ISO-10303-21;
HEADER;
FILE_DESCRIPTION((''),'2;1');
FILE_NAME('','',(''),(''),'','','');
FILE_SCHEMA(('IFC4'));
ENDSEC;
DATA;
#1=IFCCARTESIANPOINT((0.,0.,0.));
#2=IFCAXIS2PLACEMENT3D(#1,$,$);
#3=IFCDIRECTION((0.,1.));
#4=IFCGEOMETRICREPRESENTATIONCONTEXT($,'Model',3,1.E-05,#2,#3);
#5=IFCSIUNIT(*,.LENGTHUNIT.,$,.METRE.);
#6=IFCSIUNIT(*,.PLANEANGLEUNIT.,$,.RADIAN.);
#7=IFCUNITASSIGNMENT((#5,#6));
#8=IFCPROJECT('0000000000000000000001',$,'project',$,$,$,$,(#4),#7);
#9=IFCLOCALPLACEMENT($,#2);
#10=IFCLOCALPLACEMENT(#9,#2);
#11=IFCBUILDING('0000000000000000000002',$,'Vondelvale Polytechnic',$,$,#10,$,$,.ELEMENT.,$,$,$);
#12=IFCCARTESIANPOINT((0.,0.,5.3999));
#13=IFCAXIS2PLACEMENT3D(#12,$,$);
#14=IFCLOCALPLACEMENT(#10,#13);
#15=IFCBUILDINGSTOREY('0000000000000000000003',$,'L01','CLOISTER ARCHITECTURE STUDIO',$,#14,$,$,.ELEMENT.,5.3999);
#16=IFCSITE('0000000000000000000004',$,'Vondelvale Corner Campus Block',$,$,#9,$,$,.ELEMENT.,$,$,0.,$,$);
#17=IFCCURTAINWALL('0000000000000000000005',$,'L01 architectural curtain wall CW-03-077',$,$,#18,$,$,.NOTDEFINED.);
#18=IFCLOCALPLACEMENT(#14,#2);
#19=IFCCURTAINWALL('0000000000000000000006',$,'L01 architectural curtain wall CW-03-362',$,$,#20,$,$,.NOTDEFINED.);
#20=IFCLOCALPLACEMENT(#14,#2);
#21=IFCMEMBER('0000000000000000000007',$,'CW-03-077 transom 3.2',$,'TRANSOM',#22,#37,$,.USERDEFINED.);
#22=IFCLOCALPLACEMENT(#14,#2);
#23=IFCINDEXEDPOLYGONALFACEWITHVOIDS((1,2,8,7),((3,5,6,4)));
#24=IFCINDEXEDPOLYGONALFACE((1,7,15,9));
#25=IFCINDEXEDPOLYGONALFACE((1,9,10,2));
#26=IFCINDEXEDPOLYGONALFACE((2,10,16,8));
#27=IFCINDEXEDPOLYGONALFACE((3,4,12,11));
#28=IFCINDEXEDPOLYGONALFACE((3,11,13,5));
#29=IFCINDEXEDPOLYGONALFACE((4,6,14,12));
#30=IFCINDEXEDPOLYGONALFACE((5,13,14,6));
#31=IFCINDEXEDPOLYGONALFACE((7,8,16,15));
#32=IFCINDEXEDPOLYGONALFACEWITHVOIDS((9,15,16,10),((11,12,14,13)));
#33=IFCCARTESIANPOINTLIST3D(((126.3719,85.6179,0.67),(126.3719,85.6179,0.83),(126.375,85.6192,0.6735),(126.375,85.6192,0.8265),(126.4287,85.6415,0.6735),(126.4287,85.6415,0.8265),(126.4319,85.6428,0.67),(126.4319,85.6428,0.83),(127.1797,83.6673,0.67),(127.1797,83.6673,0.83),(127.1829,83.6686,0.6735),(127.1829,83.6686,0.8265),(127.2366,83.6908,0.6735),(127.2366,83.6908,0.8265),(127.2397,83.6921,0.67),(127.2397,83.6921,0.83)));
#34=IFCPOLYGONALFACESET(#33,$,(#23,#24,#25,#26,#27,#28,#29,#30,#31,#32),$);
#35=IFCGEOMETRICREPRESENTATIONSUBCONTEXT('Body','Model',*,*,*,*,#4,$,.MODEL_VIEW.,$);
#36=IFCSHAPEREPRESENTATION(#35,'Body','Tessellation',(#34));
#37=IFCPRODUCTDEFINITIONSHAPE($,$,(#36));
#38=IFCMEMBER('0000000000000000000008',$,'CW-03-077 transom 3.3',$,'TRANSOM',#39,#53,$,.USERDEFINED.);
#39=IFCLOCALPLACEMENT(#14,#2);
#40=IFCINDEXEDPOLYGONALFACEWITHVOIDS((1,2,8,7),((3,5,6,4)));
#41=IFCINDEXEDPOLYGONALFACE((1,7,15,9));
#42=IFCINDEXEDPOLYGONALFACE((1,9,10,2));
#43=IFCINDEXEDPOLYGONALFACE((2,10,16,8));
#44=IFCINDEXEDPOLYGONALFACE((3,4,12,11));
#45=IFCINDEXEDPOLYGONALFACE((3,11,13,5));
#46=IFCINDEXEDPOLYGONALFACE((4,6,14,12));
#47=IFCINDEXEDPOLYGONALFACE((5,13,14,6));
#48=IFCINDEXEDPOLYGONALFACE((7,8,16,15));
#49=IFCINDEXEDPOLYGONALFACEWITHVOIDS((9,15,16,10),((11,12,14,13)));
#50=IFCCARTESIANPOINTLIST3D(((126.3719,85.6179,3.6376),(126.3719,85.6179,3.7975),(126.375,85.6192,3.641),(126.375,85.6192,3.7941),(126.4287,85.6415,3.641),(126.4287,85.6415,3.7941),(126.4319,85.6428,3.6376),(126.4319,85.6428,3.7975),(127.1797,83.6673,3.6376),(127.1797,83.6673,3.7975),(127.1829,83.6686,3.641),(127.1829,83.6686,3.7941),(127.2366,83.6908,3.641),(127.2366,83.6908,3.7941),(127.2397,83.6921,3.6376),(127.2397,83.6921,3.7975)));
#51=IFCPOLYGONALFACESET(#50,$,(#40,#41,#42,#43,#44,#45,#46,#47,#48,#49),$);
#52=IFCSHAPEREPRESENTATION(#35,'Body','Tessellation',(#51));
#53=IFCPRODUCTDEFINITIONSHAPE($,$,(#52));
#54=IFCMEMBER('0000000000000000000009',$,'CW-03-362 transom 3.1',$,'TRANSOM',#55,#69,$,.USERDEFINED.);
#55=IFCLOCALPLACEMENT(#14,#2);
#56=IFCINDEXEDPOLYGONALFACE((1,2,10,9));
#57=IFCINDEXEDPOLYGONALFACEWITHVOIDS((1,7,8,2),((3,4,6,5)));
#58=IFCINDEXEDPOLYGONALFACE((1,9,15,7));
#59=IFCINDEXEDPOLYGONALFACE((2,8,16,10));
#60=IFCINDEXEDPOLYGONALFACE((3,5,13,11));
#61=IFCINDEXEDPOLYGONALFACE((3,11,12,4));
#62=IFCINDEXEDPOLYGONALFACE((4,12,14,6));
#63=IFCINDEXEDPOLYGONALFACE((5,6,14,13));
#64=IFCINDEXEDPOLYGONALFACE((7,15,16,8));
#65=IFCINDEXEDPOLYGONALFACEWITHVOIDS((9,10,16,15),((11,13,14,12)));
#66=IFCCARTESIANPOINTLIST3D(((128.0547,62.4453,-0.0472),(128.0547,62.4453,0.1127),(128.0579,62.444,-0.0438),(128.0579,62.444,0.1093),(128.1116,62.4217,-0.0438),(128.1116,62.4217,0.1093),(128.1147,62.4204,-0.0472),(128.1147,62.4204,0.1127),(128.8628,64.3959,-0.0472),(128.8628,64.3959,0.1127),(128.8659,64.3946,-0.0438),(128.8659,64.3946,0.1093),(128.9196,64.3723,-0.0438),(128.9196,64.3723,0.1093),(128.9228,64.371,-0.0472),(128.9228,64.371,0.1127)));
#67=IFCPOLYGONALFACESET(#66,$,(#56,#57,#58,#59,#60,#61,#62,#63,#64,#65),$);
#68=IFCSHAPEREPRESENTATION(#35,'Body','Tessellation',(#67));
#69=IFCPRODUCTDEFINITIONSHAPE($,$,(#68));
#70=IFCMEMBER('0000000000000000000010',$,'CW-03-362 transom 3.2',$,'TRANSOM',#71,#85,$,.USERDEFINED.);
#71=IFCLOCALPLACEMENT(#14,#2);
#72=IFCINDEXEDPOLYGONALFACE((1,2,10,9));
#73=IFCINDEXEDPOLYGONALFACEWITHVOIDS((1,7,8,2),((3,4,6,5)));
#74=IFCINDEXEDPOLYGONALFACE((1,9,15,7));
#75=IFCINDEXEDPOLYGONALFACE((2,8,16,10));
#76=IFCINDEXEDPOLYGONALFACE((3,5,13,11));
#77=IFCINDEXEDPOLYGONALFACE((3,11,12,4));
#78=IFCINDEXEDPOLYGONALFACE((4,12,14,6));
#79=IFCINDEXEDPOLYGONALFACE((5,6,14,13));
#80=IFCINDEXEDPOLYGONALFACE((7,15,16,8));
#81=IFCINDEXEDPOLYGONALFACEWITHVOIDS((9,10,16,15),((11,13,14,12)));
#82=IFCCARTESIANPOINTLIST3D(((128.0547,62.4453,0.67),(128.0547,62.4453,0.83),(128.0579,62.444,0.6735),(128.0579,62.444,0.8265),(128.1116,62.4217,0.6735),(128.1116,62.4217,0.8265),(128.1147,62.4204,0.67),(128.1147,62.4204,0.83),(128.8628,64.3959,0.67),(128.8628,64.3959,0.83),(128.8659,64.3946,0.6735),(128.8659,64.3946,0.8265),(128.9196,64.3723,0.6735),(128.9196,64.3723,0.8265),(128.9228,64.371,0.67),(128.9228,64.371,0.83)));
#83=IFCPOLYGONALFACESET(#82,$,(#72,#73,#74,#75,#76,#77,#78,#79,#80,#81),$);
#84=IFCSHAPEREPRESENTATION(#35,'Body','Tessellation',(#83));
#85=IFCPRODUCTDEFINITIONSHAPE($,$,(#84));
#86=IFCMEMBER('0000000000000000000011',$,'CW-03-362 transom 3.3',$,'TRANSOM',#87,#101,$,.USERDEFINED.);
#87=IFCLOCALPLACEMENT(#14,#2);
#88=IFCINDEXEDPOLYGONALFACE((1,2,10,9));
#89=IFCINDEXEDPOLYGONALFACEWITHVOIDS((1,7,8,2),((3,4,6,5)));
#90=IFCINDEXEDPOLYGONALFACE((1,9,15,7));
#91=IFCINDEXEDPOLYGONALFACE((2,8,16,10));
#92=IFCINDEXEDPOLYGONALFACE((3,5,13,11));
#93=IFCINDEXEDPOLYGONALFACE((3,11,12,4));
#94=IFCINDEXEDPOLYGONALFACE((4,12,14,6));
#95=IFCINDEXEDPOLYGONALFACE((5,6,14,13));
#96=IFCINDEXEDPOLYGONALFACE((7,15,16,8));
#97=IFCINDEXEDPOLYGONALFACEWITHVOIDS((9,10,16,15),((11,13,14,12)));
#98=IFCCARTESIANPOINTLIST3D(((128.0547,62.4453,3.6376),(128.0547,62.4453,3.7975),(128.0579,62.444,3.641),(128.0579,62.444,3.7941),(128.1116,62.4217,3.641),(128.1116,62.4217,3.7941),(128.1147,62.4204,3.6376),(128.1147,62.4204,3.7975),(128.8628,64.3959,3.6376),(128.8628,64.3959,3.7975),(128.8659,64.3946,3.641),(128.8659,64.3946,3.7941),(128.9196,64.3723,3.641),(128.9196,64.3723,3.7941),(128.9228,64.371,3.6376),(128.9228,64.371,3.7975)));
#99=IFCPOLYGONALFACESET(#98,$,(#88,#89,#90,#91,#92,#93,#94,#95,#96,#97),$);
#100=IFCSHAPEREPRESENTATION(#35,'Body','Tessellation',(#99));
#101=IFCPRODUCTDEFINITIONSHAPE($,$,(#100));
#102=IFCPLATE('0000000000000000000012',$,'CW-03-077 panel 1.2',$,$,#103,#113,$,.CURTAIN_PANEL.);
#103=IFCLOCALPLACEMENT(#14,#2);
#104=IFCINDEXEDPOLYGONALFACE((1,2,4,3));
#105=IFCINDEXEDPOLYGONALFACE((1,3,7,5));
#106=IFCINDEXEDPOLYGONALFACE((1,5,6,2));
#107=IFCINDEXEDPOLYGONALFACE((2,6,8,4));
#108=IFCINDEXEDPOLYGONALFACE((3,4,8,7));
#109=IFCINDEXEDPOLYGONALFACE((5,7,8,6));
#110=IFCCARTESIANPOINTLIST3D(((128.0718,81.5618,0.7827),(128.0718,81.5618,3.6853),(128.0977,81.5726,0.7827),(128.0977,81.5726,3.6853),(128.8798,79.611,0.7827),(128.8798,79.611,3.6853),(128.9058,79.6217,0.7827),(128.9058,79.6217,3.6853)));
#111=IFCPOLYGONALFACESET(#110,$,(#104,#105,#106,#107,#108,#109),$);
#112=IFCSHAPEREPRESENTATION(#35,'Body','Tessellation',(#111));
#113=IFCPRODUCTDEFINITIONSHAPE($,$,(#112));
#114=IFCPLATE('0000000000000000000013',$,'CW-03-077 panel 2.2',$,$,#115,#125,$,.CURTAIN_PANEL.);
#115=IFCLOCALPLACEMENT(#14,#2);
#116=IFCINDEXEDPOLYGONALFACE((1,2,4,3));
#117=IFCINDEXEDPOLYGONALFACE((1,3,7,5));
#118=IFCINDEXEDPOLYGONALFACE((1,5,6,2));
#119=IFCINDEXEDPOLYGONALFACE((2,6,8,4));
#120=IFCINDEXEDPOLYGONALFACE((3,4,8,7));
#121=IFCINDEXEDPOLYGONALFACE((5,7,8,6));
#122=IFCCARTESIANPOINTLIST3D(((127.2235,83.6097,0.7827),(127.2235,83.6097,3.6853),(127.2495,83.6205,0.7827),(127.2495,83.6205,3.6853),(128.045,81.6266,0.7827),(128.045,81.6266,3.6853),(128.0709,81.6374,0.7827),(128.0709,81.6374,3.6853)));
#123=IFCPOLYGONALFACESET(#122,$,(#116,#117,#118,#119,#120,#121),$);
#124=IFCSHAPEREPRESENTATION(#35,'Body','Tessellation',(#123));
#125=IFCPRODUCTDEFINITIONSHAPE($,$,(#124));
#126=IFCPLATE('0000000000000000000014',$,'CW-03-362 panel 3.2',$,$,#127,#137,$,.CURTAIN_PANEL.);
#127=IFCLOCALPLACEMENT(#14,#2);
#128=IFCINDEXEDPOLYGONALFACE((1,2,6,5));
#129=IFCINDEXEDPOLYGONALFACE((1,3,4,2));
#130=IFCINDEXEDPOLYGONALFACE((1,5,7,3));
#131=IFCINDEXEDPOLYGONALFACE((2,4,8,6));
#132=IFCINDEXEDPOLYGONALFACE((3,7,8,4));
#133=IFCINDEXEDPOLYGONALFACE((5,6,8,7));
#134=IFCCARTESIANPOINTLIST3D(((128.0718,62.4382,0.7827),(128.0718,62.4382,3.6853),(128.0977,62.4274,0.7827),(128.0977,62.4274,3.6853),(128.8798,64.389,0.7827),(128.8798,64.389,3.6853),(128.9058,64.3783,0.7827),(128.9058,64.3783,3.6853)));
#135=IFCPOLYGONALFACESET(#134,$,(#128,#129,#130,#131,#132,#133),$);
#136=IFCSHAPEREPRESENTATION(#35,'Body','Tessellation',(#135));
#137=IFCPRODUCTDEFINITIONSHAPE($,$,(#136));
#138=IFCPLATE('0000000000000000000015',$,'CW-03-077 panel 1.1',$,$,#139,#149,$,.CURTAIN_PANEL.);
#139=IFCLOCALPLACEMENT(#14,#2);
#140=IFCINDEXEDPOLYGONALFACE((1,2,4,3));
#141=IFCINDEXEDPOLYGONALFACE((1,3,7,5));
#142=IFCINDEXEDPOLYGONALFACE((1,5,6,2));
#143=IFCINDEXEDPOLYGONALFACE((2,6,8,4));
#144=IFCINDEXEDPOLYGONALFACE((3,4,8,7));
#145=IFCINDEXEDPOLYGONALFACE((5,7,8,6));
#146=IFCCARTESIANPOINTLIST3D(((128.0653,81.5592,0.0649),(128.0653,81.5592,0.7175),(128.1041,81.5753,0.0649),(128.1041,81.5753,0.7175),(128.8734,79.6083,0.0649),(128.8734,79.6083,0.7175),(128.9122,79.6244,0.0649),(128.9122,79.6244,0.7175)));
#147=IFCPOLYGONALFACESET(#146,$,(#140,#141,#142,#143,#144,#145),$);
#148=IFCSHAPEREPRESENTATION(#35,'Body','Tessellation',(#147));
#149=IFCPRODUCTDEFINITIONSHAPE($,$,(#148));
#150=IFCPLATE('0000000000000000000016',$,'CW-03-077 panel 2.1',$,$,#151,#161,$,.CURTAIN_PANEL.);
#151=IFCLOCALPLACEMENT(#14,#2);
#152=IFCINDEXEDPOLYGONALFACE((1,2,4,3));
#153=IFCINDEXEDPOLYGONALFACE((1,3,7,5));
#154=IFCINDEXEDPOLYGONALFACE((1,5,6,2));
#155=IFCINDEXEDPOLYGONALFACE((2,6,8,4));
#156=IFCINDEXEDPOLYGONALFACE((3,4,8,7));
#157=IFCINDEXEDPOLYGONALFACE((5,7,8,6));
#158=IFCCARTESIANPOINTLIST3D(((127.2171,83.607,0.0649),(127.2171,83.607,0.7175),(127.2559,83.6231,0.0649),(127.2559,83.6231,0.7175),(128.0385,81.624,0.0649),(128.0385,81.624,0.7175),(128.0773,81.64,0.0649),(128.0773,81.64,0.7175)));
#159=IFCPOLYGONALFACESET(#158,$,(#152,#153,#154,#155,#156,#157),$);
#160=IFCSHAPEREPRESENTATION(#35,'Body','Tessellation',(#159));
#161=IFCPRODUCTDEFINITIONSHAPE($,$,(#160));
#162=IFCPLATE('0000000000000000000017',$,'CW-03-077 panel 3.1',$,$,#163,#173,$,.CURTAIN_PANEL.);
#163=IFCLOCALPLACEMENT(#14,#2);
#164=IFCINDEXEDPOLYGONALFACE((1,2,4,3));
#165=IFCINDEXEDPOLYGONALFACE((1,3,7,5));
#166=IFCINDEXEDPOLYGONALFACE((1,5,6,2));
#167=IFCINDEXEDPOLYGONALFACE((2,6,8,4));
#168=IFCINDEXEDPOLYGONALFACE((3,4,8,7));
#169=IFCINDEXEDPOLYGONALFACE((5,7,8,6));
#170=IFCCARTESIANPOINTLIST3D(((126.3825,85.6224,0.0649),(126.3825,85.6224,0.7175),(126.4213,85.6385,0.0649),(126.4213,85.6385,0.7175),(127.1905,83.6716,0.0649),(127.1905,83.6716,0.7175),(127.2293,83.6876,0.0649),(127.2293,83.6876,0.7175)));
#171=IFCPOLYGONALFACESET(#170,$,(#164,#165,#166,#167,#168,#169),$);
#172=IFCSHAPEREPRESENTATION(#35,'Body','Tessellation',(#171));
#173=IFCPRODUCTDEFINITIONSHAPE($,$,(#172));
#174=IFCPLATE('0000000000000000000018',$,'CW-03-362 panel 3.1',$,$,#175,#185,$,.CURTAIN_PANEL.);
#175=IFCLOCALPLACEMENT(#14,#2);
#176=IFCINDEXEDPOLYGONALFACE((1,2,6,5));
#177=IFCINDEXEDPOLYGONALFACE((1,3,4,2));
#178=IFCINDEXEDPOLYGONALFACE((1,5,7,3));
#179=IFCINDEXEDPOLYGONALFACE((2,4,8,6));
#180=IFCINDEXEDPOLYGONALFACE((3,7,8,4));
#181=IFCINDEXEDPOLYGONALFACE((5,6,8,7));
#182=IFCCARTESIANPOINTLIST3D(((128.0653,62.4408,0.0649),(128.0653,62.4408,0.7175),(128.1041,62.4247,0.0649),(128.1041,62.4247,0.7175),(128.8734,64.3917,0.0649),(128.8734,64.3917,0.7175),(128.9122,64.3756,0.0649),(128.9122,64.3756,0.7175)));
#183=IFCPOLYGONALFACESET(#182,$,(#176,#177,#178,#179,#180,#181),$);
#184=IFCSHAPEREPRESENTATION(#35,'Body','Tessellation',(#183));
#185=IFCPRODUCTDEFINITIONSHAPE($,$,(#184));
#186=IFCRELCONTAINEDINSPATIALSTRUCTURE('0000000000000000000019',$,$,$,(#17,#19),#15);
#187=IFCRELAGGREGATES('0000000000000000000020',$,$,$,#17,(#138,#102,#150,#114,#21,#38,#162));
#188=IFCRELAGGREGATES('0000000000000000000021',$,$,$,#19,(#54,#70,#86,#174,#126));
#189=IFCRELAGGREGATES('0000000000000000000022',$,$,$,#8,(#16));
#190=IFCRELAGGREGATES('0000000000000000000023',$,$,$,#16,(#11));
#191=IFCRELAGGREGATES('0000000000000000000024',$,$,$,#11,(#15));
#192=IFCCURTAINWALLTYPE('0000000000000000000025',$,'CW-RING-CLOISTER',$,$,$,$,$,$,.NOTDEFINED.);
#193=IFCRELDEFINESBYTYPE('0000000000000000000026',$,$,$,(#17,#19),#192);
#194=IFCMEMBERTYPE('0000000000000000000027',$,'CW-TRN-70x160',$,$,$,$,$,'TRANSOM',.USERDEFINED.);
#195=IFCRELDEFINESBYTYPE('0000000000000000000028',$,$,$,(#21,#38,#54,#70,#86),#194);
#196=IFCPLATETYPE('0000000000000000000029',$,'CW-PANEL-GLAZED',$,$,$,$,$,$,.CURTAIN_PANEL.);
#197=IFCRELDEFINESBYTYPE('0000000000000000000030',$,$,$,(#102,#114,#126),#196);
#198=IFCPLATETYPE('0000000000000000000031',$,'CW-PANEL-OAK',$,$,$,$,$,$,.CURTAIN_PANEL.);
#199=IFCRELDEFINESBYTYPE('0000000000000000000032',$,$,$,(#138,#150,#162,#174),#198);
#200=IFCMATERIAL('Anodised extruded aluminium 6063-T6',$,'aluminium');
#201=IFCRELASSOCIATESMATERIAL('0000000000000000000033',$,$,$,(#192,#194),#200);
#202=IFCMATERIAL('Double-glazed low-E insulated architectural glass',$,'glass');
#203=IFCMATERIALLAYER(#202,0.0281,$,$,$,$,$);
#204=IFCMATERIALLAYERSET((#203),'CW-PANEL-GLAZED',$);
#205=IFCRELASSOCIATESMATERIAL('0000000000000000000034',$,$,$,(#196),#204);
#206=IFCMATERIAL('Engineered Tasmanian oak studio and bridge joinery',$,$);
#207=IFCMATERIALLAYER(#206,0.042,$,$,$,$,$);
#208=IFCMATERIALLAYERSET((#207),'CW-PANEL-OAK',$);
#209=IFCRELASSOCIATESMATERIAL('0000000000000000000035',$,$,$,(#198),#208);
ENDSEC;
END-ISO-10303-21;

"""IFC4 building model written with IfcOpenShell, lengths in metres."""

from ifc_helpers import new_model, si_unit, direction, frame, origin, origin_2d, place, context, subcontext, project, spatial, rectangle, hollow_rectangle, extrude, material, layer, layer_set, material_profile, profile_set, type_object, element, aggregate, save


model = new_model("IFC4")

# Units and contexts
model_context = context("Model", 3, precision=1e-05, world=origin(), true_north=direction((0.0, 1.0)))
body_context = subcontext(model_context, "Body", "Model", "MODEL_VIEW")
ifc_project = project(units=[si_unit("LENGTHUNIT", "METRE"), si_unit("PLANEANGLEUNIT", "RADIAN")], contexts=[model_context])

# Site, building, storey
site_placement = place(None, origin())
site = spatial("IfcSite", under=ifc_project, at=site_placement, Name="Vondelvale Corner Campus Block", CompositionType="ELEMENT", RefElevation=0.0)
building_placement = place(site_placement, origin())
building = spatial("IfcBuilding", under=site, at=building_placement, Name="Vondelvale Polytechnic", CompositionType="ELEMENT")
storey_placement = place(building_placement, frame((0.0, 0.0, 5.3999)))
storey = spatial("IfcBuildingStorey", under=building, at=storey_placement, Name="L01", Description="CLOISTER ARCHITECTURE STUDIO", CompositionType="ELEMENT", Elevation=5.3999)

# Curtain wall
ifc_material_1 = material(Name="Anodised extruded aluminium 6063-T6", Category="aluminium")
curtain_wall_type = type_object("IfcCurtainWallType", Name="CW-RING-CLOISTER", PredefinedType="NOTDEFINED", material=ifc_material_1)
curtain_wall_1_placement = place(storey_placement, origin())
curtain_wall_1 = element("IfcCurtainWall", 1, at=curtain_wall_1_placement, inside=storey, type_object=curtain_wall_type, Name="L01 architectural curtain wall CW-03-077", PredefinedType="NOTDEFINED")

# Curtain wall
curtain_wall_2_placement = place(storey_placement, origin())
curtain_wall_2 = element("IfcCurtainWall", 2, at=curtain_wall_2_placement, inside=storey, type_object=curtain_wall_type, Name="L01 architectural curtain wall CW-03-362", PredefinedType="NOTDEFINED")

# Members
ifc_material_profile_1 = material_profile(ifc_material_1, hollow_rectangle(XDim=0.0649, YDim=0.1599, WallThickness=0.0034, at=origin_2d()), Name="CW-TRN-160x65")
ifc_profile_set_1 = profile_set([ifc_material_profile_1], Name="Anodised extruded aluminium 6063-T6")
member_type_1 = type_object("IfcMemberType", Name="CW-TRN-70x160", ElementType="TRANSOM", PredefinedType="USERDEFINED", material=ifc_profile_set_1)
member_1_placement = place(storey_placement, frame((127.2097, 83.6797, 0.75), z_axis=(-0.382628, 0.923903, 0.0), x_axis=(-0.923903, -0.382628, 0.0)))
member_1 = element("IfcMember", 3, at=member_1_placement, type_object=member_type_1, Name="CW-03-077 transom 3.2", ObjectType="TRANSOM", PredefinedType="USERDEFINED", context=body_context, shape_type="SweptSolid", body=[
    extrude(hollow_rectangle(XDim=0.0649, YDim=0.1599, WallThickness=0.0034, at=origin_2d()), origin(), (0.0, 0.0, 1.0), 2.1113),
])
member_2_placement = place(storey_placement, frame((127.2097, 83.6797, 3.7175), z_axis=(-0.382628, 0.923903, 0.0), x_axis=(-0.923903, -0.382628, 0.0)))
member_2 = element("IfcMember", 4, at=member_2_placement, type_object=member_type_1, Name="CW-03-077 transom 3.3", ObjectType="TRANSOM", PredefinedType="USERDEFINED", context=body_context, shape_type="SweptSolid", body=[
    extrude(hollow_rectangle(XDim=0.0649, YDim=0.1599, WallThickness=0.0034, at=origin_2d()), origin(), (0.0, 0.0, 1.0), 2.1113),
])
member_3_placement = place(storey_placement, frame((128.0847, 62.4329, 0.0327), z_axis=(0.382726, 0.923862, 0.0), x_axis=(-0.923862, 0.382726, 0.0)))
member_3 = element("IfcMember", 5, at=member_3_placement, type_object=member_type_1, Name="CW-03-362 transom 3.1", ObjectType="TRANSOM", PredefinedType="USERDEFINED", context=body_context, shape_type="SweptSolid", body=[
    extrude(hollow_rectangle(XDim=0.0649, YDim=0.1599, WallThickness=0.0034, at=origin_2d()), origin(), (0.0, 0.0, 1.0), 2.1113),
])
member_4_placement = place(storey_placement, frame((128.0847, 62.4329, 0.75), z_axis=(0.382726, 0.923862, 0.0), x_axis=(-0.923862, 0.382726, 0.0)))
member_4 = element("IfcMember", 6, at=member_4_placement, type_object=member_type_1, Name="CW-03-362 transom 3.2", ObjectType="TRANSOM", PredefinedType="USERDEFINED", context=body_context, shape_type="SweptSolid", body=[
    extrude(hollow_rectangle(XDim=0.0649, YDim=0.1599, WallThickness=0.0034, at=origin_2d()), origin(), (0.0, 0.0, 1.0), 2.1113),
])
member_5_placement = place(storey_placement, frame((128.0847, 62.4329, 3.7175), z_axis=(0.382726, 0.923862, 0.0), x_axis=(-0.923862, 0.382726, 0.0)))
member_5 = element("IfcMember", 7, at=member_5_placement, type_object=member_type_1, Name="CW-03-362 transom 3.3", ObjectType="TRANSOM", PredefinedType="USERDEFINED", context=body_context, shape_type="SweptSolid", body=[
    extrude(hollow_rectangle(XDim=0.0649, YDim=0.1599, WallThickness=0.0034, at=origin_2d()), origin(), (0.0, 0.0, 1.0), 2.1113),
])

# Plates
ifc_material_2 = material(Name="Double-glazed low-E insulated architectural glass", Category="glass")
ifc_layer_1 = layer(ifc_material_2, 0.0281)
ifc_layer_set_1 = layer_set([ifc_layer_1], Name="CW-PANEL-GLAZED")
plate_type_1 = type_object("IfcPlateType", Name="CW-PANEL-GLAZED", PredefinedType="CURTAIN_PANEL", material=ifc_layer_set_1)
plate_1_placement = place(storey_placement, frame((128.4888, 80.5918, 0.7827), z_axis=(0.0, 0.0, 1.0), x_axis=(-0.382679, 0.923882, 0.0)))
plate_1 = element("IfcPlate", 8, at=plate_1_placement, type_object=plate_type_1, Name="CW-03-077 panel 1.2", PredefinedType="CURTAIN_PANEL", context=body_context, shape_type="SweptSolid", body=[
    extrude(rectangle(XDim=2.1116, YDim=0.0281, at=origin_2d()), origin(), (0.0, 0.0, 1.0), 2.9026),
])
plate_2_placement = place(storey_placement, frame((127.6472, 82.6235, 0.7827), z_axis=(0.0, 0.0, 1.0), x_axis=(-0.382679, 0.923882, 0.0)))
plate_2 = element("IfcPlate", 9, at=plate_2_placement, type_object=plate_type_1, Name="CW-03-077 panel 2.2", PredefinedType="CURTAIN_PANEL", context=body_context, shape_type="SweptSolid", body=[
    extrude(rectangle(XDim=2.1465, YDim=0.0281, at=origin_2d()), origin(), (0.0, 0.0, 1.0), 2.9026),
])
plate_3_placement = place(storey_placement, frame((128.4888, 63.4082, 0.7827), z_axis=(0.0, 0.0, 1.0), x_axis=(0.382679, 0.923882, 0.0)))
plate_3 = element("IfcPlate", 10, at=plate_3_placement, type_object=plate_type_1, Name="CW-03-362 panel 3.2", PredefinedType="CURTAIN_PANEL", context=body_context, shape_type="SweptSolid", body=[
    extrude(rectangle(XDim=2.1116, YDim=0.0281, at=origin_2d()), origin(), (0.0, 0.0, 1.0), 2.9026),
])
ifc_material_3 = material(Name="Engineered Tasmanian oak studio and bridge joinery")
ifc_layer_2 = layer(ifc_material_3, 0.042)
ifc_layer_set_2 = layer_set([ifc_layer_2], Name="CW-PANEL-OAK")
plate_type_2 = type_object("IfcPlateType", Name="CW-PANEL-OAK", PredefinedType="CURTAIN_PANEL", material=ifc_layer_set_2)
plate_4_placement = place(storey_placement, frame((128.4888, 80.5918, 0.0649), z_axis=(0.0, 0.0, 1.0), x_axis=(-0.382679, 0.923882, 0.0)))
plate_4 = element("IfcPlate", 11, at=plate_4_placement, type_object=plate_type_2, Name="CW-03-077 panel 1.1", PredefinedType="CURTAIN_PANEL", context=body_context, shape_type="SweptSolid", body=[
    extrude(rectangle(XDim=2.1116, YDim=0.042, at=origin_2d()), origin(), (0.0, 0.0, 1.0), 0.6526),
])
plate_5_placement = place(storey_placement, frame((127.6472, 82.6235, 0.0649), z_axis=(0.0, 0.0, 1.0), x_axis=(-0.382679, 0.923882, 0.0)))
plate_5 = element("IfcPlate", 12, at=plate_5_placement, type_object=plate_type_2, Name="CW-03-077 panel 2.1", PredefinedType="CURTAIN_PANEL", context=body_context, shape_type="SweptSolid", body=[
    extrude(rectangle(XDim=2.1465, YDim=0.042, at=origin_2d()), origin(), (0.0, 0.0, 1.0), 0.6526),
])
plate_6_placement = place(storey_placement, frame((126.8059, 84.655, 0.0649), z_axis=(0.0, 0.0, 1.0), x_axis=(-0.382679, 0.923882, 0.0)))
plate_6 = element("IfcPlate", 13, at=plate_6_placement, type_object=plate_type_2, Name="CW-03-077 panel 3.1", PredefinedType="CURTAIN_PANEL", context=body_context, shape_type="SweptSolid", body=[
    extrude(rectangle(XDim=2.1116, YDim=0.042, at=origin_2d()), origin(), (0.0, 0.0, 1.0), 0.6526),
])
aggregate(curtain_wall_1, [plate_4, plate_1, plate_5, plate_2, member_1, member_2, plate_6])
plate_7_placement = place(storey_placement, frame((128.4888, 63.4082, 0.0649), z_axis=(0.0, 0.0, 1.0), x_axis=(0.382679, 0.923882, 0.0)))
plate_7 = element("IfcPlate", 14, at=plate_7_placement, type_object=plate_type_2, Name="CW-03-362 panel 3.1", PredefinedType="CURTAIN_PANEL", context=body_context, shape_type="SweptSolid", body=[
    extrude(rectangle(XDim=2.1116, YDim=0.042, at=origin_2d()), origin(), (0.0, 0.0, 1.0), 0.6526),
])
aggregate(curtain_wall_2, [member_3, member_4, member_5, plate_7, plate_3])

save(model, "model.ifc")
